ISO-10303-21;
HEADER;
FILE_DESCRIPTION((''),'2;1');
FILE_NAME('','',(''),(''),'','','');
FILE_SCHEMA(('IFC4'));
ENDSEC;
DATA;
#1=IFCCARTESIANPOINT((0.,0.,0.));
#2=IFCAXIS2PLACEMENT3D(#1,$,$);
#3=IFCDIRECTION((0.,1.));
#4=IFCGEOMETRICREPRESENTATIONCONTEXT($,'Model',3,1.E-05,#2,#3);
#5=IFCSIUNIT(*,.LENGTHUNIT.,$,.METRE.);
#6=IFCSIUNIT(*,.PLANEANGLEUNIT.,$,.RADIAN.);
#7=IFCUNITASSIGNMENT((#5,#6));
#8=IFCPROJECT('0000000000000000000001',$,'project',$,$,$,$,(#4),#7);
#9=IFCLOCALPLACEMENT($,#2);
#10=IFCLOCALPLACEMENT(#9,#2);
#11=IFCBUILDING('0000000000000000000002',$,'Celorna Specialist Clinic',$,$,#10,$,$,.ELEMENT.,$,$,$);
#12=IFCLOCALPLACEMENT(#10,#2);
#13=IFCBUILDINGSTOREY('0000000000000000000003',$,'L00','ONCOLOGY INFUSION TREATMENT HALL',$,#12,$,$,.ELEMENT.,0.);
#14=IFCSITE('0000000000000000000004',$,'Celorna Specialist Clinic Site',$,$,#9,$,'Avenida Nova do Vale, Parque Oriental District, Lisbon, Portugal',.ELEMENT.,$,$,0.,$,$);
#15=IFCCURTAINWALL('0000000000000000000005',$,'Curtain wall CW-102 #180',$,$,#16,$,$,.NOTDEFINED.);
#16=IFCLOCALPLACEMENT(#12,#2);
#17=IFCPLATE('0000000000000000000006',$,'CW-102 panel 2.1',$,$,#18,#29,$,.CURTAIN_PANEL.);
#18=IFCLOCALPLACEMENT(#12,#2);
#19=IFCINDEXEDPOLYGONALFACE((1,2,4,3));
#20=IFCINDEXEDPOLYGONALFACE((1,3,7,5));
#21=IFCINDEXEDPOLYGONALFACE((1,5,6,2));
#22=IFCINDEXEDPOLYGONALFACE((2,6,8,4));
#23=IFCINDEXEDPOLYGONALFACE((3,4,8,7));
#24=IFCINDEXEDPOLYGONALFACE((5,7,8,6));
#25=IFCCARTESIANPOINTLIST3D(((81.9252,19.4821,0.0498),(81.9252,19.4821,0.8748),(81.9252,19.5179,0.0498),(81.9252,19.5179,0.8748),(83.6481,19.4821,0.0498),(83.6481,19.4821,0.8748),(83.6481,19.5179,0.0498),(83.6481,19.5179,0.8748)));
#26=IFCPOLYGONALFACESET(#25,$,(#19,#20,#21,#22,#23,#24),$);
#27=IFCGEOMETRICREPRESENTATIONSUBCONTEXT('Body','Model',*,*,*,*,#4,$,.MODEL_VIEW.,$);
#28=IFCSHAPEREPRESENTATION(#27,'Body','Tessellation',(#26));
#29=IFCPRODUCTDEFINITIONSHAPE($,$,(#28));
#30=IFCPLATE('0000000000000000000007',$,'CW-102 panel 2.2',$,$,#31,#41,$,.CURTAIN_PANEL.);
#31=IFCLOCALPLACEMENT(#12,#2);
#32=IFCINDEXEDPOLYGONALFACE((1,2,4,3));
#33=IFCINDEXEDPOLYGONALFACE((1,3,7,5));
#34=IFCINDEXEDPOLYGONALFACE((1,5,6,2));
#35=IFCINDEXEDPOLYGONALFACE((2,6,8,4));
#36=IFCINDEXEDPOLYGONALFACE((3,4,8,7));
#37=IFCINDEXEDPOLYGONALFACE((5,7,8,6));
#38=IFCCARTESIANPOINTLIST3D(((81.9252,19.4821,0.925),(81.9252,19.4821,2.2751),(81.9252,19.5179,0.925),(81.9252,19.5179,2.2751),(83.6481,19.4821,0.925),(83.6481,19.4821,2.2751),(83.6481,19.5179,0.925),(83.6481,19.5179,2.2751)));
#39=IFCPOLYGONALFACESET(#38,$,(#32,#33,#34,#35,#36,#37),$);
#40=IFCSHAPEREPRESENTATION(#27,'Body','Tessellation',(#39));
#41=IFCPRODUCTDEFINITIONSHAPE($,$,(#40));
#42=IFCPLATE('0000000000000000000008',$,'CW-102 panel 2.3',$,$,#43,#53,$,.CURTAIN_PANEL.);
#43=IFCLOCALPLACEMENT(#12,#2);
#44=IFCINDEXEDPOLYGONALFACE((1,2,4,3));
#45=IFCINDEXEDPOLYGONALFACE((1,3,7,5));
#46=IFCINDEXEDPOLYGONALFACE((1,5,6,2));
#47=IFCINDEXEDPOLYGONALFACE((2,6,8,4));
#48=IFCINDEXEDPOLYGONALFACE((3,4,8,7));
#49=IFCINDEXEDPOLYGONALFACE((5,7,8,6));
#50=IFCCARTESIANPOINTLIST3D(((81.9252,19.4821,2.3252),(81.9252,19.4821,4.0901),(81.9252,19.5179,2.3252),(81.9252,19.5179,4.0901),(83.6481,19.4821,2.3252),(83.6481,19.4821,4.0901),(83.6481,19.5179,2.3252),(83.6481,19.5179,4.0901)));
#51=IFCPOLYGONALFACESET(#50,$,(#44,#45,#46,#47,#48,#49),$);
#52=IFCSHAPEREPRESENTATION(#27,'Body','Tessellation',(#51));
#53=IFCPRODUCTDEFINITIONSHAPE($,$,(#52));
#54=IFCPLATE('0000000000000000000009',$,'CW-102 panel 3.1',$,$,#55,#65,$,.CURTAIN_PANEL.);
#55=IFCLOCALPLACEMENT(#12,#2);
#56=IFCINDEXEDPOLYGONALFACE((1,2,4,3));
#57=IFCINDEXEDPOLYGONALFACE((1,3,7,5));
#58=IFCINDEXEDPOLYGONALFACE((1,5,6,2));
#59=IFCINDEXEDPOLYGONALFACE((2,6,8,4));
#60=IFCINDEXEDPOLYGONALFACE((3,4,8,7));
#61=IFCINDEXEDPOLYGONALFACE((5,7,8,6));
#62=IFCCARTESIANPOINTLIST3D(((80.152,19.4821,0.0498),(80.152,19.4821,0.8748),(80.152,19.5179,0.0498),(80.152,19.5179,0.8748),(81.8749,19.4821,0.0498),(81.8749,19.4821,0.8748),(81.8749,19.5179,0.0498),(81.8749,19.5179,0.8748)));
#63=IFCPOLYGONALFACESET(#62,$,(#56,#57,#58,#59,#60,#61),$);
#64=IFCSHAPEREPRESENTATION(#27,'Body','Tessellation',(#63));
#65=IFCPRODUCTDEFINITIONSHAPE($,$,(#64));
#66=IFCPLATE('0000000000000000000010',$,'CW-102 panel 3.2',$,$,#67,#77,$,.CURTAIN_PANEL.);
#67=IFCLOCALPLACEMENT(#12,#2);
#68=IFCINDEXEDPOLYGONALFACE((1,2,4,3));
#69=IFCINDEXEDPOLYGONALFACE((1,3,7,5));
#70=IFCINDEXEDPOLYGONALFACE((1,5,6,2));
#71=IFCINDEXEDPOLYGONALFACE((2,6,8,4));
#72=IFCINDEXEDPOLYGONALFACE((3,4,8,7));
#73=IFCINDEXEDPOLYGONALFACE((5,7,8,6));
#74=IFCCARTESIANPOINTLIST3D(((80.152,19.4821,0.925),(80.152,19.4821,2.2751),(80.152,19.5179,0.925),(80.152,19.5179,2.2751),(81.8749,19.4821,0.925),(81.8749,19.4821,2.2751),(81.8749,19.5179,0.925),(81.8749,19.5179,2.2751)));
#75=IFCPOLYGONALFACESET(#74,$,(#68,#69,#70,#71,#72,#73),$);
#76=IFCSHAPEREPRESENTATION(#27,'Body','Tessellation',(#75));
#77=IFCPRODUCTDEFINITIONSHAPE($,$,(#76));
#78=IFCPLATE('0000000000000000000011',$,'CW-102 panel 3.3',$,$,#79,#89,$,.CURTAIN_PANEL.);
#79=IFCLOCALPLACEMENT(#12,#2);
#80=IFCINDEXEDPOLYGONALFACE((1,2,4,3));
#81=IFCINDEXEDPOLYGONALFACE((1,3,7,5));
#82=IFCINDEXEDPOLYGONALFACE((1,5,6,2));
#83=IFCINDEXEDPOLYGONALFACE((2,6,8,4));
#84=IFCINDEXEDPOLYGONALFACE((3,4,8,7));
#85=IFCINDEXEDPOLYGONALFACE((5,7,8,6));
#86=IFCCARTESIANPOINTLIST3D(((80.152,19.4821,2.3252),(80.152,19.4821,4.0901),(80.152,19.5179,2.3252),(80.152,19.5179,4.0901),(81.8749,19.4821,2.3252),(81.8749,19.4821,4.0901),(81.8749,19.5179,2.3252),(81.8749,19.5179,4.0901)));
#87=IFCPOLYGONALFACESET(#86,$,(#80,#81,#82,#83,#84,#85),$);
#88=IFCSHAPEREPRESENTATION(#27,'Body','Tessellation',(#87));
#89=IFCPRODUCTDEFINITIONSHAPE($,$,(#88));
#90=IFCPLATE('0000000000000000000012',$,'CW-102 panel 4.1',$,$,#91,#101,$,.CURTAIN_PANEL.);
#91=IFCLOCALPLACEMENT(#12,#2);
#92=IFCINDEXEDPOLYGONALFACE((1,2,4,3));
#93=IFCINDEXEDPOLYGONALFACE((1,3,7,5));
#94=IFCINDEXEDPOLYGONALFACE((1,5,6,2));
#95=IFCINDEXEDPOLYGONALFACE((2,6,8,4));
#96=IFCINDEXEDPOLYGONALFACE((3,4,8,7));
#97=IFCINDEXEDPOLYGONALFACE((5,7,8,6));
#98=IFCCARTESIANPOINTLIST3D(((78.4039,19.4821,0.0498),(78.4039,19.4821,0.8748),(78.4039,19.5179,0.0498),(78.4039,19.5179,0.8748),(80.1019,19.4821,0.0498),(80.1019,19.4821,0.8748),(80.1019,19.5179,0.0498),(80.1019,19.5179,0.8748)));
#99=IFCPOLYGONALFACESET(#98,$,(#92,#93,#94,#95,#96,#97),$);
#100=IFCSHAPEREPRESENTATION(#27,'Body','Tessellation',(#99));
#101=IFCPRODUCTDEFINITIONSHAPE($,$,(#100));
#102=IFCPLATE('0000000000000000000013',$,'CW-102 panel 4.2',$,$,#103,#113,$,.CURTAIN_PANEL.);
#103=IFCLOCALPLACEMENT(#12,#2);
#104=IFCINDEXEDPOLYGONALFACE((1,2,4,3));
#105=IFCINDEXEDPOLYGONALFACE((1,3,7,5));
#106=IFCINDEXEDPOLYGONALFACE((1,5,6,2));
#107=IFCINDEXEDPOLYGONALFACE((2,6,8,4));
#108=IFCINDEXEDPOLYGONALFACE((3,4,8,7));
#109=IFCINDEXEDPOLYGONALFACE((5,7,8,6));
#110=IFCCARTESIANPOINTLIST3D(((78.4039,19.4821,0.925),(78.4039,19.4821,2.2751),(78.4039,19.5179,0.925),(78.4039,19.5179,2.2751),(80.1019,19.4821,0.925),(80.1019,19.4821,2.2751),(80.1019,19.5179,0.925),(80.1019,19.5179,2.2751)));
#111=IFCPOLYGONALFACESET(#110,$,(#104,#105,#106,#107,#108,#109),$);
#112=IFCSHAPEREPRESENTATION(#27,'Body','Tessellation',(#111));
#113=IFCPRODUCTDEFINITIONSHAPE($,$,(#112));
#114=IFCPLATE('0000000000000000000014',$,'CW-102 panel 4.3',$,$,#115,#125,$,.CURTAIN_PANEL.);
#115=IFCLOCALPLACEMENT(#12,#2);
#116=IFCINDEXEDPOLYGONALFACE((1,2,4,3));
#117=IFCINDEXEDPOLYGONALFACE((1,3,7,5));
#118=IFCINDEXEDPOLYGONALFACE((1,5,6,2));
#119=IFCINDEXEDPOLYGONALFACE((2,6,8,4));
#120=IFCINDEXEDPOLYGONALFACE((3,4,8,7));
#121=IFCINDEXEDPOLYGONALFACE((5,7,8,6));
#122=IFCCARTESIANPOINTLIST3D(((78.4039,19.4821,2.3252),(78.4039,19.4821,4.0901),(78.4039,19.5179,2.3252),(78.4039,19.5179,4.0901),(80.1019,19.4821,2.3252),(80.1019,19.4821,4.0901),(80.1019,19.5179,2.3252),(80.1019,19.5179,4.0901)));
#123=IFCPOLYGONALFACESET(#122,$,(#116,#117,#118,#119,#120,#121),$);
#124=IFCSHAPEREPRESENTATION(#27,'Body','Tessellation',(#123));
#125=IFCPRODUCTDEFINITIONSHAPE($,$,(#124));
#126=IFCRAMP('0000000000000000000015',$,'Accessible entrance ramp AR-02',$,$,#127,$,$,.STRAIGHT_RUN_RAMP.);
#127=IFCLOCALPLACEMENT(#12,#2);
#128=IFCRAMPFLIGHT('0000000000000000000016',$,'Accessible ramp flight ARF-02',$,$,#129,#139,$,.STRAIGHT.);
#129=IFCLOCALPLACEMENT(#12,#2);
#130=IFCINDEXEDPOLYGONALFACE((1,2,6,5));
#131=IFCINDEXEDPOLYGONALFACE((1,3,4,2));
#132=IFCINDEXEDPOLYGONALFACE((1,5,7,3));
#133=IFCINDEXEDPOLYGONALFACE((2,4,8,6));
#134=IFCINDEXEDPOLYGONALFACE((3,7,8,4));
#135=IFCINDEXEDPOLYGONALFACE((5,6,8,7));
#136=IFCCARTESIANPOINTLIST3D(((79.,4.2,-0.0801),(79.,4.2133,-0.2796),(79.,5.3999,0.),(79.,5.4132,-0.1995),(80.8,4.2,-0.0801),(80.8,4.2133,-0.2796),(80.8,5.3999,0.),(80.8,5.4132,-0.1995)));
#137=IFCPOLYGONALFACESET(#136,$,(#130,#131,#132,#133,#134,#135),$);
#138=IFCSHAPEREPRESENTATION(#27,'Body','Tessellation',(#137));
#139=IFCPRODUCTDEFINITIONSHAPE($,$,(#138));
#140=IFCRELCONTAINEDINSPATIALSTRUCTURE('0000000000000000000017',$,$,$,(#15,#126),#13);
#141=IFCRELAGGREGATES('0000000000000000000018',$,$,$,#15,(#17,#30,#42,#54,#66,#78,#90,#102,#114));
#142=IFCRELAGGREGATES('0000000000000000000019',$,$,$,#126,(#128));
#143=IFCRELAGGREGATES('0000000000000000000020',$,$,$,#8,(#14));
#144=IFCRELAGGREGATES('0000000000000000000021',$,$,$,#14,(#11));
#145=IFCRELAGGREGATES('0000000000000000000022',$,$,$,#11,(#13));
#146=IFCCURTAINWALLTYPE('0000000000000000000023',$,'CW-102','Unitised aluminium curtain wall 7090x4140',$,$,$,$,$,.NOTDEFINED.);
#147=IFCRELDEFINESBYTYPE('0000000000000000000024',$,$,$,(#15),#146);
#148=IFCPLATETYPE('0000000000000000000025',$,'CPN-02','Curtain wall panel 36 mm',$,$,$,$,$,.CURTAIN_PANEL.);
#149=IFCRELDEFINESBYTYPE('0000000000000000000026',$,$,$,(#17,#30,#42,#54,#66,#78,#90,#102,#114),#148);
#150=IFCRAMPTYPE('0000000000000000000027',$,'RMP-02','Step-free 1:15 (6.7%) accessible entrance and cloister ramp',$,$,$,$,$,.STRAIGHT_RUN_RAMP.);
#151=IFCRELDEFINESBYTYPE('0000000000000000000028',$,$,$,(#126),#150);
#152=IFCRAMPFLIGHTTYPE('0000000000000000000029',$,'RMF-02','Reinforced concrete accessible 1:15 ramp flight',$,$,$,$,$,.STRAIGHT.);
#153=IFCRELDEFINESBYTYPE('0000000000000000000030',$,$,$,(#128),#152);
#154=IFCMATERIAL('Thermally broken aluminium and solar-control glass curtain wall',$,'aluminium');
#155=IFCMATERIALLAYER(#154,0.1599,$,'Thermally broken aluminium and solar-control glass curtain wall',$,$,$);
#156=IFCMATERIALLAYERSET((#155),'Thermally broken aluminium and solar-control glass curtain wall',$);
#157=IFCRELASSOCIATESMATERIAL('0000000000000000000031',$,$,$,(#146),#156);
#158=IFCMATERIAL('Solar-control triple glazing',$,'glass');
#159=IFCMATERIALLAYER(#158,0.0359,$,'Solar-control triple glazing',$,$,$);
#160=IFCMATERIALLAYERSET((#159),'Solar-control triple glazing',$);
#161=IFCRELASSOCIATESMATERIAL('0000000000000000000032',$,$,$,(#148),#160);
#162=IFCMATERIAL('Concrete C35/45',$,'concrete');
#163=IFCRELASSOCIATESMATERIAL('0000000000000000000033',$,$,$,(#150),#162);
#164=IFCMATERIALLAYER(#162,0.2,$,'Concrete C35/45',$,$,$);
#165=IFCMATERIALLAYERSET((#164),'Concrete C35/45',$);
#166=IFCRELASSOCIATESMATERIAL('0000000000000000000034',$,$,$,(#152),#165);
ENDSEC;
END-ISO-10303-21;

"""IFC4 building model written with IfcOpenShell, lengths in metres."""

from ifc_helpers import new_model, si_unit, direction, frame, origin, origin_2d, place, context, subcontext, project, spatial, polyline, rectangle, outline, extrude, material, layer, layer_set, type_object, element, aggregate, save


model = new_model("IFC4")

# Units and contexts
model_context = context("Model", 3, precision=1e-05, world=origin(), true_north=direction((0.0, 1.0)))
body_context = subcontext(model_context, "Body", "Model", "MODEL_VIEW")
ifc_project = project(units=[si_unit("LENGTHUNIT", "METRE"), si_unit("PLANEANGLEUNIT", "RADIAN")], contexts=[model_context])

# Site, building, storey
site_placement = place(None, origin())
site = spatial("IfcSite", under=ifc_project, at=site_placement, Name="Celorna Specialist Clinic Site", LongName="Avenida Nova do Vale, Parque Oriental District, Lisbon, Portugal", CompositionType="ELEMENT", RefElevation=0.0)
building_placement = place(site_placement, origin())
building = spatial("IfcBuilding", under=site, at=building_placement, Name="Celorna Specialist Clinic", CompositionType="ELEMENT")
storey_placement = place(building_placement, origin())
storey = spatial("IfcBuildingStorey", under=building, at=storey_placement, Name="L00", Description="ONCOLOGY INFUSION TREATMENT HALL", CompositionType="ELEMENT", Elevation=0.0)

# Shared definitions
ifc_material_1 = material(Name="Concrete C35/45", Category="concrete")

# Curtain wall, plates
ifc_material_2 = material(Name="Thermally broken aluminium and solar-control glass curtain wall", Category="aluminium")
ifc_layer_1 = layer(ifc_material_2, 0.1599, Name="Thermally broken aluminium and solar-control glass curtain wall")
ifc_layer_set_1 = layer_set([ifc_layer_1], Name="Thermally broken aluminium and solar-control glass curtain wall")
curtain_wall_type = type_object("IfcCurtainWallType", Name="CW-102", Description="Unitised aluminium curtain wall 7090x4140", PredefinedType="NOTDEFINED", material=ifc_layer_set_1)
curtain_wall_placement = place(storey_placement, origin())
curtain_wall = element("IfcCurtainWall", 1, at=curtain_wall_placement, inside=storey, type_object=curtain_wall_type, Name="Curtain wall CW-102 #180", PredefinedType="NOTDEFINED")
ifc_material_3 = material(Name="Solar-control triple glazing", Category="glass")
ifc_layer_2 = layer(ifc_material_3, 0.0359, Name="Solar-control triple glazing")
ifc_layer_set_2 = layer_set([ifc_layer_2], Name="Solar-control triple glazing")
plate_type = type_object("IfcPlateType", Name="CPN-02", Description="Curtain wall panel 36 mm", PredefinedType="CURTAIN_PANEL", material=ifc_layer_set_2)
plate_1_placement = place(storey_placement, frame((82.7866, 19.5, 0.0498), z_axis=(0.0, 0.0, 1.0), x_axis=(-1.0, 0.0, 0.0)))
plate_1 = element("IfcPlate", 2, at=plate_1_placement, type_object=plate_type, Name="CW-102 panel 2.1", PredefinedType="CURTAIN_PANEL", context=body_context, shape_type="SweptSolid", body=[
    extrude(rectangle(XDim=1.7229, YDim=0.0359, at=origin_2d()), origin(), (0.0, 0.0, 1.0), 0.825),
])
plate_2_placement = place(storey_placement, frame((82.7866, 19.5, 0.925), z_axis=(0.0, 0.0, 1.0), x_axis=(-1.0, 0.0, 0.0)))
plate_2 = element("IfcPlate", 3, at=plate_2_placement, type_object=plate_type, Name="CW-102 panel 2.2", PredefinedType="CURTAIN_PANEL", context=body_context, shape_type="SweptSolid", body=[
    extrude(rectangle(XDim=1.7229, YDim=0.0359, at=origin_2d()), origin(), (0.0, 0.0, 1.0), 1.3501),
])
plate_3_placement = place(storey_placement, frame((82.7866, 19.5, 2.3252), z_axis=(0.0, 0.0, 1.0), x_axis=(-1.0, 0.0, 0.0)))
plate_3 = element("IfcPlate", 4, at=plate_3_placement, type_object=plate_type, Name="CW-102 panel 2.3", PredefinedType="CURTAIN_PANEL", context=body_context, shape_type="SweptSolid", body=[
    extrude(rectangle(XDim=1.7229, YDim=0.0359, at=origin_2d()), origin(), (0.0, 0.0, 1.0), 1.7649),
])
plate_4_placement = place(storey_placement, frame((81.0134, 19.5, 0.0498), z_axis=(0.0, 0.0, 1.0), x_axis=(-1.0, 0.0, 0.0)))
plate_4 = element("IfcPlate", 5, at=plate_4_placement, type_object=plate_type, Name="CW-102 panel 3.1", PredefinedType="CURTAIN_PANEL", context=body_context, shape_type="SweptSolid", body=[
    extrude(rectangle(XDim=1.7229, YDim=0.0359, at=origin_2d()), origin(), (0.0, 0.0, 1.0), 0.825),
])
plate_5_placement = place(storey_placement, frame((81.0134, 19.5, 0.925), z_axis=(0.0, 0.0, 1.0), x_axis=(-1.0, 0.0, 0.0)))
plate_5 = element("IfcPlate", 6, at=plate_5_placement, type_object=plate_type, Name="CW-102 panel 3.2", PredefinedType="CURTAIN_PANEL", context=body_context, shape_type="SweptSolid", body=[
    extrude(rectangle(XDim=1.7229, YDim=0.0359, at=origin_2d()), origin(), (0.0, 0.0, 1.0), 1.3501),
])
plate_6_placement = place(storey_placement, frame((81.0134, 19.5, 2.3252), z_axis=(0.0, 0.0, 1.0), x_axis=(-1.0, 0.0, 0.0)))
plate_6 = element("IfcPlate", 7, at=plate_6_placement, type_object=plate_type, Name="CW-102 panel 3.3", PredefinedType="CURTAIN_PANEL", context=body_context, shape_type="SweptSolid", body=[
    extrude(rectangle(XDim=1.7229, YDim=0.0359, at=origin_2d()), origin(), (0.0, 0.0, 1.0), 1.7649),
])
plate_7_placement = place(storey_placement, frame((79.2529, 19.5, 0.0498), z_axis=(0.0, 0.0, 1.0), x_axis=(-1.0, 0.0, 0.0)))
plate_7 = element("IfcPlate", 8, at=plate_7_placement, type_object=plate_type, Name="CW-102 panel 4.1", PredefinedType="CURTAIN_PANEL", context=body_context, shape_type="SweptSolid", body=[
    extrude(rectangle(XDim=1.698, YDim=0.0359, at=origin_2d()), origin(), (0.0, 0.0, 1.0), 0.825),
])
plate_8_placement = place(storey_placement, frame((79.2529, 19.5, 0.925), z_axis=(0.0, 0.0, 1.0), x_axis=(-1.0, 0.0, 0.0)))
plate_8 = element("IfcPlate", 9, at=plate_8_placement, type_object=plate_type, Name="CW-102 panel 4.2", PredefinedType="CURTAIN_PANEL", context=body_context, shape_type="SweptSolid", body=[
    extrude(rectangle(XDim=1.698, YDim=0.0359, at=origin_2d()), origin(), (0.0, 0.0, 1.0), 1.3501),
])
plate_9_placement = place(storey_placement, frame((79.2529, 19.5, 2.3252), z_axis=(0.0, 0.0, 1.0), x_axis=(-1.0, 0.0, 0.0)))
plate_9 = element("IfcPlate", 10, at=plate_9_placement, type_object=plate_type, Name="CW-102 panel 4.3", PredefinedType="CURTAIN_PANEL", context=body_context, shape_type="SweptSolid", body=[
    extrude(rectangle(XDim=1.698, YDim=0.0359, at=origin_2d()), origin(), (0.0, 0.0, 1.0), 1.7649),
])
aggregate(curtain_wall, [plate_1, plate_2, plate_3, plate_4, plate_5, plate_6, plate_7, plate_8, plate_9])

# Ramp, ramp flight
ramp_type = type_object("IfcRampType", Name="RMP-02", Description="Step-free 1:15 (6.7%) accessible entrance and cloister ramp", PredefinedType="STRAIGHT_RUN_RAMP", material=ifc_material_1)
ramp_placement = place(storey_placement, origin())
ramp = element("IfcRamp", 11, at=ramp_placement, inside=storey, type_object=ramp_type, Name="Accessible entrance ramp AR-02", PredefinedType="STRAIGHT_RUN_RAMP")
ifc_layer_3 = layer(ifc_material_1, 0.2, Name="Concrete C35/45")
ifc_layer_set_3 = layer_set([ifc_layer_3], Name="Concrete C35/45")
ramp_flight_type = type_object("IfcRampFlightType", Name="RMF-02", Description="Reinforced concrete accessible 1:15 ramp flight", PredefinedType="STRAIGHT", material=ifc_layer_set_3)
ramp_flight_placement = place(storey_placement, frame((79.0, 4.2, -0.0801), z_axis=(0.0, -0.066586, 0.997781), x_axis=(1.0, 0.0, 0.0)))
ramp_flight = element("IfcRampFlight", 12, at=ramp_flight_placement, type_object=ramp_flight_type, Name="Accessible ramp flight ARF-02", PredefinedType="STRAIGHT", context=body_context, shape_type="SweptSolid", body=[
    extrude(outline(polyline([(0.0, 0.0), (1.8, 0.0), (1.8, 1.2026), (0.0, 1.2026), (0.0, 0.0)])), origin(), (0.0, 0.0, -1.0), 0.2),
])
aggregate(ramp, [ramp_flight])

save(model, "model.ifc")
